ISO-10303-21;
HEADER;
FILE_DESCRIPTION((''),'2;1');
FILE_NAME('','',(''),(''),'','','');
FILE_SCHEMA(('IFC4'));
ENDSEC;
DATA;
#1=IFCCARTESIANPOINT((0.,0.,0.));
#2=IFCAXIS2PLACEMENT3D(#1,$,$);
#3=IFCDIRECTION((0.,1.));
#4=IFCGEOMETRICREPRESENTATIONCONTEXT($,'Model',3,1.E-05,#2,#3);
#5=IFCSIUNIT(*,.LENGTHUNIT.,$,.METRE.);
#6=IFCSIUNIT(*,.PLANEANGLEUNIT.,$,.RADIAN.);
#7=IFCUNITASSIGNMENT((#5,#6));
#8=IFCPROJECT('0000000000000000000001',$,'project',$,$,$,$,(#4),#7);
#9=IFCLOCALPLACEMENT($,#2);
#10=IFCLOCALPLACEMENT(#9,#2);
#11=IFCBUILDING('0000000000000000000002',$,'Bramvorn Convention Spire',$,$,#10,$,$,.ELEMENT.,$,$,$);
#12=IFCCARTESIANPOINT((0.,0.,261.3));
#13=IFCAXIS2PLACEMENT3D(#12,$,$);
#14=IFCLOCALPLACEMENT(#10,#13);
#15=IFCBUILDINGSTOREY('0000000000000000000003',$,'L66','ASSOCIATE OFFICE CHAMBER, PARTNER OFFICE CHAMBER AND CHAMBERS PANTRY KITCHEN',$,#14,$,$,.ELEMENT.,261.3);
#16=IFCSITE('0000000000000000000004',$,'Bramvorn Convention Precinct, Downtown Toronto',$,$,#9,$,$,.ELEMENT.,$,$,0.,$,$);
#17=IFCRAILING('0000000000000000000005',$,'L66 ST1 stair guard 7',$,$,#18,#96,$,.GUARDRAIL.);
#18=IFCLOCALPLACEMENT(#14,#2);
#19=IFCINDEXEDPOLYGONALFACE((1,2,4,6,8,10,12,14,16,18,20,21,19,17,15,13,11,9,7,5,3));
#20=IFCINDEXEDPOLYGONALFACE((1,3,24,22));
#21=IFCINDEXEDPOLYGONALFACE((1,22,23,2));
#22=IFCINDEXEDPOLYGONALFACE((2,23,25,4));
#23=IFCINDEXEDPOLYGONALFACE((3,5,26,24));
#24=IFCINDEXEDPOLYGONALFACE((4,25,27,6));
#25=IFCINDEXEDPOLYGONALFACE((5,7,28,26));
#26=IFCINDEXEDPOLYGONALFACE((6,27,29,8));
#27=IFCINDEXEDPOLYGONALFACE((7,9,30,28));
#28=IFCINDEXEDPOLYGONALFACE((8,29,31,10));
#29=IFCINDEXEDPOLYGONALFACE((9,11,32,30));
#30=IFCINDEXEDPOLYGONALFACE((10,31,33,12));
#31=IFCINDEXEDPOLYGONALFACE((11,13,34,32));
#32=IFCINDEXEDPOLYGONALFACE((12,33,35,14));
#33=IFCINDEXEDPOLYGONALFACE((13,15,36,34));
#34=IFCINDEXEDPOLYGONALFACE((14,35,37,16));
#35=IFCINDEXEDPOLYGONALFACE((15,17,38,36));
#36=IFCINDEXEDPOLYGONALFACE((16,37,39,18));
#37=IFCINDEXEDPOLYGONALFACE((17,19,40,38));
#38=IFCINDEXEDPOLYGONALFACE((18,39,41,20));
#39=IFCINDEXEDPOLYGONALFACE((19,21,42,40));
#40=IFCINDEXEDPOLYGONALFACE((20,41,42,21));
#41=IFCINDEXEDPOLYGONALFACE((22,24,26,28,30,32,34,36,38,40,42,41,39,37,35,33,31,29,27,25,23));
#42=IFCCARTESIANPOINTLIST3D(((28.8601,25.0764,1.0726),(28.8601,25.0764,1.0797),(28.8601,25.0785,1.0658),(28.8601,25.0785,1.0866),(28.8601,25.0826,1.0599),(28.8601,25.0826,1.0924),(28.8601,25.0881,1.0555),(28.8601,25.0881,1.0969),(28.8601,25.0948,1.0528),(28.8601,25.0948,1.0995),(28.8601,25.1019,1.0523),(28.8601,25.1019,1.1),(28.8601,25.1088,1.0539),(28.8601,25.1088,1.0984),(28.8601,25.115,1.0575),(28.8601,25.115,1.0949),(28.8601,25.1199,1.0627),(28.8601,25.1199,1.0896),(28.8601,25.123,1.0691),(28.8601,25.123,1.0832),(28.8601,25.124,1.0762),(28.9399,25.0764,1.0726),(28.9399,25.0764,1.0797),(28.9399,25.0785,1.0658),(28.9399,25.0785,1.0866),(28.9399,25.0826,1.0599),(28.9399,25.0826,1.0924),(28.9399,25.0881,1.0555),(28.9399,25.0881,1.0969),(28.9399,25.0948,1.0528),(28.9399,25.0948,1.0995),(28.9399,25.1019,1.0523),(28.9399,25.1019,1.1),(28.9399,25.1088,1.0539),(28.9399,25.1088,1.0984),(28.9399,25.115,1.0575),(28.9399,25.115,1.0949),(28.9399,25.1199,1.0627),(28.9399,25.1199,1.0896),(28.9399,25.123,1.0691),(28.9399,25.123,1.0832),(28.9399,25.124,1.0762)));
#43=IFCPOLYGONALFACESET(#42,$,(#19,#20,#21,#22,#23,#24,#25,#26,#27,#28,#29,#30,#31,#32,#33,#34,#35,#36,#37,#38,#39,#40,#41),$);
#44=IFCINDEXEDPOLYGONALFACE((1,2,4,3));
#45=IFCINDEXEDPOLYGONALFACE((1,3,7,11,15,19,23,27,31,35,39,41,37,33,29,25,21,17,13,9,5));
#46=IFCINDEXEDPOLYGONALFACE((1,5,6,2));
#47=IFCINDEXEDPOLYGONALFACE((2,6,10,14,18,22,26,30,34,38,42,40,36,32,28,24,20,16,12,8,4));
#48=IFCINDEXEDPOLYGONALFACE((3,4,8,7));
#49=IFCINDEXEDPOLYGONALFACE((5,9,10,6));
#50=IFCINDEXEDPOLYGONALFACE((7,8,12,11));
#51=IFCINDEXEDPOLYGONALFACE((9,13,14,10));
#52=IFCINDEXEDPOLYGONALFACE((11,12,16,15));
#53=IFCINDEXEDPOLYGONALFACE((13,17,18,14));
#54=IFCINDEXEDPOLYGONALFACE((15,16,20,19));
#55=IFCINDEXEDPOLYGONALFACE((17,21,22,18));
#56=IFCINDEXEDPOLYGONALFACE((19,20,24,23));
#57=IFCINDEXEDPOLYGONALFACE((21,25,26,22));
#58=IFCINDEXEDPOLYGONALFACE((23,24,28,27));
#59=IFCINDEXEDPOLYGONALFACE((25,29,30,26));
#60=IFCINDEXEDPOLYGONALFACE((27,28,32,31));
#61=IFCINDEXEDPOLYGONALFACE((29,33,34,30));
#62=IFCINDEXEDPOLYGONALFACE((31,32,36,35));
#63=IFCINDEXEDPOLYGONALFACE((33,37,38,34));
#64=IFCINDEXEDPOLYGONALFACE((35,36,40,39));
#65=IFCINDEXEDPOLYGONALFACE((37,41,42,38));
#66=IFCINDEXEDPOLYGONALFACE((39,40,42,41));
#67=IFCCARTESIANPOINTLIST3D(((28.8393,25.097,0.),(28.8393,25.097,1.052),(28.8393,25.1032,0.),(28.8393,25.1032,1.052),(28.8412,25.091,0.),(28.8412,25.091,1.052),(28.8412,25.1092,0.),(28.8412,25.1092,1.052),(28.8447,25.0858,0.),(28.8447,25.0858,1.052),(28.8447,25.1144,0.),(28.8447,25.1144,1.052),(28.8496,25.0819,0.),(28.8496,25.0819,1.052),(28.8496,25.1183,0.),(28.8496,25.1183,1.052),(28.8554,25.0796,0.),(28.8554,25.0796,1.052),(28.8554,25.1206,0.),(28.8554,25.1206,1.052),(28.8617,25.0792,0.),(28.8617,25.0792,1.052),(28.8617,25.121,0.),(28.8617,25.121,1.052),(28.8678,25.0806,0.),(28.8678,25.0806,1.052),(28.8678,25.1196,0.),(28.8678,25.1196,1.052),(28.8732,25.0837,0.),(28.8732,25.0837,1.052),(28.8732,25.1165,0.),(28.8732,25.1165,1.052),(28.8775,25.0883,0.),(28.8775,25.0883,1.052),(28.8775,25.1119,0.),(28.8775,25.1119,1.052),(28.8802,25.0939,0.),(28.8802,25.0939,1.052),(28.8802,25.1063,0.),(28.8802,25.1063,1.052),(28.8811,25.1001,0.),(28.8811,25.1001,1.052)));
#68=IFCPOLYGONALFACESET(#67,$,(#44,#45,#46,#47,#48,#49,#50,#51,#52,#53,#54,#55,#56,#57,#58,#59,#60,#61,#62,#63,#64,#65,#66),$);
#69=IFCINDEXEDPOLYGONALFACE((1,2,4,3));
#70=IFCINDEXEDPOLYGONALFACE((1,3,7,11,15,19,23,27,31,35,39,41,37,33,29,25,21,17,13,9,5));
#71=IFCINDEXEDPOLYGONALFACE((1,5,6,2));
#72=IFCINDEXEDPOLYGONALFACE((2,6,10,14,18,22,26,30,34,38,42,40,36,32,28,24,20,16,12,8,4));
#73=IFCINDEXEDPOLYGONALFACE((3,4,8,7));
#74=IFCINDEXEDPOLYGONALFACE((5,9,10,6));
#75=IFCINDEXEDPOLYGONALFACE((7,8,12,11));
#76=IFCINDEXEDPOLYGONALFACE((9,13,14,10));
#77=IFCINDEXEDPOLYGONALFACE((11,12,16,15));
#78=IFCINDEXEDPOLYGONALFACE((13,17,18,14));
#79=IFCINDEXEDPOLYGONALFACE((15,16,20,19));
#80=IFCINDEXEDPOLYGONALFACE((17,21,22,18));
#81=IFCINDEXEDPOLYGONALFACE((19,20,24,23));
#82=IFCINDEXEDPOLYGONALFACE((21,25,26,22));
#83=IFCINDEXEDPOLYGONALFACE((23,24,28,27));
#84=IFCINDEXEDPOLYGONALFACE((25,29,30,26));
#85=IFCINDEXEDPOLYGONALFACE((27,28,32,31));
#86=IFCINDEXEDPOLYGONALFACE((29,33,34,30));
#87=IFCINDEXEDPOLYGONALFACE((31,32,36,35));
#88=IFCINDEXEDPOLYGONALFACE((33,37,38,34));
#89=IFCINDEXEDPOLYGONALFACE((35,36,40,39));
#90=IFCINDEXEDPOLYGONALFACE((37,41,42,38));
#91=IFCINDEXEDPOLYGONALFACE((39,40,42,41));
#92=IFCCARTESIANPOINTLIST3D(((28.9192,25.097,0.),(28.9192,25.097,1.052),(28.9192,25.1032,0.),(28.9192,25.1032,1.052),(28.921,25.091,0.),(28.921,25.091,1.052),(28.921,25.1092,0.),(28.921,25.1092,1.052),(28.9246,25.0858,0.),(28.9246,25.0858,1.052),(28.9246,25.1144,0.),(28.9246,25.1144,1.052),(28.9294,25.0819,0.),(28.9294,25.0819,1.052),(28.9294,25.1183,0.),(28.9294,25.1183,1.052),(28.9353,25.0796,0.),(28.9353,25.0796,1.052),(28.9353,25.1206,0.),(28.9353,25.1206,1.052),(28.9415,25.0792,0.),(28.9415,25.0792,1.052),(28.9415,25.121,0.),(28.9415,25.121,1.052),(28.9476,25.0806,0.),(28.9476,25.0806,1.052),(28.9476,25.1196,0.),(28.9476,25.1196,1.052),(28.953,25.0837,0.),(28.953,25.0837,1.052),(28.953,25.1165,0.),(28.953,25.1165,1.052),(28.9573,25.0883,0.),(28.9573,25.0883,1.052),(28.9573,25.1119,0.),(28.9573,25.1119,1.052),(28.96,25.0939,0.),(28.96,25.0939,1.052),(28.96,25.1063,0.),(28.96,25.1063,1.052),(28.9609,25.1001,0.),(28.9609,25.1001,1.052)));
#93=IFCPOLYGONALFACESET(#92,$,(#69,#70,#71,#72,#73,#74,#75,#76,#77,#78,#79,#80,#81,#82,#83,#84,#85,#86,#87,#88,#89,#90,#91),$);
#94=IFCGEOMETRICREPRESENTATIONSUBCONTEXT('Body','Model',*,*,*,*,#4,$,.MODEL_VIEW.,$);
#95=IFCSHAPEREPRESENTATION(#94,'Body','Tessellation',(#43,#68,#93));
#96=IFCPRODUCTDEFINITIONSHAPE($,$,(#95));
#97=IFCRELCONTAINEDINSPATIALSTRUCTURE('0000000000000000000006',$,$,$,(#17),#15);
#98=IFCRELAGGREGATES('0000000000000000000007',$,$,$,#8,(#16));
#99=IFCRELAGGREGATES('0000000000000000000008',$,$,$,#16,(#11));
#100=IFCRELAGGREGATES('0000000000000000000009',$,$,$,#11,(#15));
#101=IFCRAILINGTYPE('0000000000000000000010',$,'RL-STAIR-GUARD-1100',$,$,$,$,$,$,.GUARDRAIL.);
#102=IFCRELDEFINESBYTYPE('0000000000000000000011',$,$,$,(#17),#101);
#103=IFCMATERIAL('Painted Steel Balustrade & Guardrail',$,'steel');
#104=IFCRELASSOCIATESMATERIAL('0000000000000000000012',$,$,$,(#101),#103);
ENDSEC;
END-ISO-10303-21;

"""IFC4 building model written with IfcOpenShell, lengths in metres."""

from ifc_helpers import new_model, si_unit, direction, frame, origin, origin_2d, place, context, subcontext, project, spatial, circle, extrude, material, type_object, element, save


model = new_model("IFC4")

# Units and contexts
model_context = context("Model", 3, precision=1e-05, world=origin(), true_north=direction((0.0, 1.0)))
body_context = subcontext(model_context, "Body", "Model", "MODEL_VIEW")
ifc_project = project(units=[si_unit("LENGTHUNIT", "METRE"), si_unit("PLANEANGLEUNIT", "RADIAN")], contexts=[model_context])

# Site, building, storey
site_placement = place(None, origin())
site = spatial("IfcSite", under=ifc_project, at=site_placement, Name="Bramvorn Convention Precinct, Downtown Toronto", CompositionType="ELEMENT", RefElevation=0.0)
building_placement = place(site_placement, origin())
building = spatial("IfcBuilding", under=site, at=building_placement, Name="Bramvorn Convention Spire", CompositionType="ELEMENT")
storey_placement = place(building_placement, frame((0.0, 0.0, 261.3)))
storey = spatial("IfcBuildingStorey", under=building, at=storey_placement, Name="L66", Description="ASSOCIATE OFFICE CHAMBER, PARTNER OFFICE CHAMBER AND CHAMBERS PANTRY KITCHEN", CompositionType="ELEMENT", Elevation=261.3)

# Railing
ifc_material_1 = material(Name="Painted Steel Balustrade & Guardrail", Category="steel")
railing_type_1 = type_object("IfcRailingType", Name="RL-STAIR-GUARD-1100", PredefinedType="GUARDRAIL", material=ifc_material_1)
railing_1_placement = place(storey_placement, frame((28.8601, 25.1001, 0.0)))
element("IfcRailing", 1, at=railing_1_placement, inside=storey, type_object=railing_type_1, Name="L66 ST1 stair guard 7", PredefinedType="GUARDRAIL", context=body_context, shape_type="SweptSolid", body=[
    extrude(circle(Radius=0.0239, at=origin_2d()), frame((0.0, 0.0, 1.0762), z_axis=(1.0, 0.0, 0.0), x_axis=(0.0, 1.0, 0.0)), (0.0, 0.0, 1.0), 0.0798),
    extrude(circle(Radius=0.021, at=origin_2d()), origin(), (0.0, 0.0, 1.0), 1.052),
    extrude(circle(Radius=0.021, at=origin_2d()), frame((0.0798, 0.0, 0.0)), (0.0, 0.0, 1.0), 1.052),
])

save(model, "model.ifc")
